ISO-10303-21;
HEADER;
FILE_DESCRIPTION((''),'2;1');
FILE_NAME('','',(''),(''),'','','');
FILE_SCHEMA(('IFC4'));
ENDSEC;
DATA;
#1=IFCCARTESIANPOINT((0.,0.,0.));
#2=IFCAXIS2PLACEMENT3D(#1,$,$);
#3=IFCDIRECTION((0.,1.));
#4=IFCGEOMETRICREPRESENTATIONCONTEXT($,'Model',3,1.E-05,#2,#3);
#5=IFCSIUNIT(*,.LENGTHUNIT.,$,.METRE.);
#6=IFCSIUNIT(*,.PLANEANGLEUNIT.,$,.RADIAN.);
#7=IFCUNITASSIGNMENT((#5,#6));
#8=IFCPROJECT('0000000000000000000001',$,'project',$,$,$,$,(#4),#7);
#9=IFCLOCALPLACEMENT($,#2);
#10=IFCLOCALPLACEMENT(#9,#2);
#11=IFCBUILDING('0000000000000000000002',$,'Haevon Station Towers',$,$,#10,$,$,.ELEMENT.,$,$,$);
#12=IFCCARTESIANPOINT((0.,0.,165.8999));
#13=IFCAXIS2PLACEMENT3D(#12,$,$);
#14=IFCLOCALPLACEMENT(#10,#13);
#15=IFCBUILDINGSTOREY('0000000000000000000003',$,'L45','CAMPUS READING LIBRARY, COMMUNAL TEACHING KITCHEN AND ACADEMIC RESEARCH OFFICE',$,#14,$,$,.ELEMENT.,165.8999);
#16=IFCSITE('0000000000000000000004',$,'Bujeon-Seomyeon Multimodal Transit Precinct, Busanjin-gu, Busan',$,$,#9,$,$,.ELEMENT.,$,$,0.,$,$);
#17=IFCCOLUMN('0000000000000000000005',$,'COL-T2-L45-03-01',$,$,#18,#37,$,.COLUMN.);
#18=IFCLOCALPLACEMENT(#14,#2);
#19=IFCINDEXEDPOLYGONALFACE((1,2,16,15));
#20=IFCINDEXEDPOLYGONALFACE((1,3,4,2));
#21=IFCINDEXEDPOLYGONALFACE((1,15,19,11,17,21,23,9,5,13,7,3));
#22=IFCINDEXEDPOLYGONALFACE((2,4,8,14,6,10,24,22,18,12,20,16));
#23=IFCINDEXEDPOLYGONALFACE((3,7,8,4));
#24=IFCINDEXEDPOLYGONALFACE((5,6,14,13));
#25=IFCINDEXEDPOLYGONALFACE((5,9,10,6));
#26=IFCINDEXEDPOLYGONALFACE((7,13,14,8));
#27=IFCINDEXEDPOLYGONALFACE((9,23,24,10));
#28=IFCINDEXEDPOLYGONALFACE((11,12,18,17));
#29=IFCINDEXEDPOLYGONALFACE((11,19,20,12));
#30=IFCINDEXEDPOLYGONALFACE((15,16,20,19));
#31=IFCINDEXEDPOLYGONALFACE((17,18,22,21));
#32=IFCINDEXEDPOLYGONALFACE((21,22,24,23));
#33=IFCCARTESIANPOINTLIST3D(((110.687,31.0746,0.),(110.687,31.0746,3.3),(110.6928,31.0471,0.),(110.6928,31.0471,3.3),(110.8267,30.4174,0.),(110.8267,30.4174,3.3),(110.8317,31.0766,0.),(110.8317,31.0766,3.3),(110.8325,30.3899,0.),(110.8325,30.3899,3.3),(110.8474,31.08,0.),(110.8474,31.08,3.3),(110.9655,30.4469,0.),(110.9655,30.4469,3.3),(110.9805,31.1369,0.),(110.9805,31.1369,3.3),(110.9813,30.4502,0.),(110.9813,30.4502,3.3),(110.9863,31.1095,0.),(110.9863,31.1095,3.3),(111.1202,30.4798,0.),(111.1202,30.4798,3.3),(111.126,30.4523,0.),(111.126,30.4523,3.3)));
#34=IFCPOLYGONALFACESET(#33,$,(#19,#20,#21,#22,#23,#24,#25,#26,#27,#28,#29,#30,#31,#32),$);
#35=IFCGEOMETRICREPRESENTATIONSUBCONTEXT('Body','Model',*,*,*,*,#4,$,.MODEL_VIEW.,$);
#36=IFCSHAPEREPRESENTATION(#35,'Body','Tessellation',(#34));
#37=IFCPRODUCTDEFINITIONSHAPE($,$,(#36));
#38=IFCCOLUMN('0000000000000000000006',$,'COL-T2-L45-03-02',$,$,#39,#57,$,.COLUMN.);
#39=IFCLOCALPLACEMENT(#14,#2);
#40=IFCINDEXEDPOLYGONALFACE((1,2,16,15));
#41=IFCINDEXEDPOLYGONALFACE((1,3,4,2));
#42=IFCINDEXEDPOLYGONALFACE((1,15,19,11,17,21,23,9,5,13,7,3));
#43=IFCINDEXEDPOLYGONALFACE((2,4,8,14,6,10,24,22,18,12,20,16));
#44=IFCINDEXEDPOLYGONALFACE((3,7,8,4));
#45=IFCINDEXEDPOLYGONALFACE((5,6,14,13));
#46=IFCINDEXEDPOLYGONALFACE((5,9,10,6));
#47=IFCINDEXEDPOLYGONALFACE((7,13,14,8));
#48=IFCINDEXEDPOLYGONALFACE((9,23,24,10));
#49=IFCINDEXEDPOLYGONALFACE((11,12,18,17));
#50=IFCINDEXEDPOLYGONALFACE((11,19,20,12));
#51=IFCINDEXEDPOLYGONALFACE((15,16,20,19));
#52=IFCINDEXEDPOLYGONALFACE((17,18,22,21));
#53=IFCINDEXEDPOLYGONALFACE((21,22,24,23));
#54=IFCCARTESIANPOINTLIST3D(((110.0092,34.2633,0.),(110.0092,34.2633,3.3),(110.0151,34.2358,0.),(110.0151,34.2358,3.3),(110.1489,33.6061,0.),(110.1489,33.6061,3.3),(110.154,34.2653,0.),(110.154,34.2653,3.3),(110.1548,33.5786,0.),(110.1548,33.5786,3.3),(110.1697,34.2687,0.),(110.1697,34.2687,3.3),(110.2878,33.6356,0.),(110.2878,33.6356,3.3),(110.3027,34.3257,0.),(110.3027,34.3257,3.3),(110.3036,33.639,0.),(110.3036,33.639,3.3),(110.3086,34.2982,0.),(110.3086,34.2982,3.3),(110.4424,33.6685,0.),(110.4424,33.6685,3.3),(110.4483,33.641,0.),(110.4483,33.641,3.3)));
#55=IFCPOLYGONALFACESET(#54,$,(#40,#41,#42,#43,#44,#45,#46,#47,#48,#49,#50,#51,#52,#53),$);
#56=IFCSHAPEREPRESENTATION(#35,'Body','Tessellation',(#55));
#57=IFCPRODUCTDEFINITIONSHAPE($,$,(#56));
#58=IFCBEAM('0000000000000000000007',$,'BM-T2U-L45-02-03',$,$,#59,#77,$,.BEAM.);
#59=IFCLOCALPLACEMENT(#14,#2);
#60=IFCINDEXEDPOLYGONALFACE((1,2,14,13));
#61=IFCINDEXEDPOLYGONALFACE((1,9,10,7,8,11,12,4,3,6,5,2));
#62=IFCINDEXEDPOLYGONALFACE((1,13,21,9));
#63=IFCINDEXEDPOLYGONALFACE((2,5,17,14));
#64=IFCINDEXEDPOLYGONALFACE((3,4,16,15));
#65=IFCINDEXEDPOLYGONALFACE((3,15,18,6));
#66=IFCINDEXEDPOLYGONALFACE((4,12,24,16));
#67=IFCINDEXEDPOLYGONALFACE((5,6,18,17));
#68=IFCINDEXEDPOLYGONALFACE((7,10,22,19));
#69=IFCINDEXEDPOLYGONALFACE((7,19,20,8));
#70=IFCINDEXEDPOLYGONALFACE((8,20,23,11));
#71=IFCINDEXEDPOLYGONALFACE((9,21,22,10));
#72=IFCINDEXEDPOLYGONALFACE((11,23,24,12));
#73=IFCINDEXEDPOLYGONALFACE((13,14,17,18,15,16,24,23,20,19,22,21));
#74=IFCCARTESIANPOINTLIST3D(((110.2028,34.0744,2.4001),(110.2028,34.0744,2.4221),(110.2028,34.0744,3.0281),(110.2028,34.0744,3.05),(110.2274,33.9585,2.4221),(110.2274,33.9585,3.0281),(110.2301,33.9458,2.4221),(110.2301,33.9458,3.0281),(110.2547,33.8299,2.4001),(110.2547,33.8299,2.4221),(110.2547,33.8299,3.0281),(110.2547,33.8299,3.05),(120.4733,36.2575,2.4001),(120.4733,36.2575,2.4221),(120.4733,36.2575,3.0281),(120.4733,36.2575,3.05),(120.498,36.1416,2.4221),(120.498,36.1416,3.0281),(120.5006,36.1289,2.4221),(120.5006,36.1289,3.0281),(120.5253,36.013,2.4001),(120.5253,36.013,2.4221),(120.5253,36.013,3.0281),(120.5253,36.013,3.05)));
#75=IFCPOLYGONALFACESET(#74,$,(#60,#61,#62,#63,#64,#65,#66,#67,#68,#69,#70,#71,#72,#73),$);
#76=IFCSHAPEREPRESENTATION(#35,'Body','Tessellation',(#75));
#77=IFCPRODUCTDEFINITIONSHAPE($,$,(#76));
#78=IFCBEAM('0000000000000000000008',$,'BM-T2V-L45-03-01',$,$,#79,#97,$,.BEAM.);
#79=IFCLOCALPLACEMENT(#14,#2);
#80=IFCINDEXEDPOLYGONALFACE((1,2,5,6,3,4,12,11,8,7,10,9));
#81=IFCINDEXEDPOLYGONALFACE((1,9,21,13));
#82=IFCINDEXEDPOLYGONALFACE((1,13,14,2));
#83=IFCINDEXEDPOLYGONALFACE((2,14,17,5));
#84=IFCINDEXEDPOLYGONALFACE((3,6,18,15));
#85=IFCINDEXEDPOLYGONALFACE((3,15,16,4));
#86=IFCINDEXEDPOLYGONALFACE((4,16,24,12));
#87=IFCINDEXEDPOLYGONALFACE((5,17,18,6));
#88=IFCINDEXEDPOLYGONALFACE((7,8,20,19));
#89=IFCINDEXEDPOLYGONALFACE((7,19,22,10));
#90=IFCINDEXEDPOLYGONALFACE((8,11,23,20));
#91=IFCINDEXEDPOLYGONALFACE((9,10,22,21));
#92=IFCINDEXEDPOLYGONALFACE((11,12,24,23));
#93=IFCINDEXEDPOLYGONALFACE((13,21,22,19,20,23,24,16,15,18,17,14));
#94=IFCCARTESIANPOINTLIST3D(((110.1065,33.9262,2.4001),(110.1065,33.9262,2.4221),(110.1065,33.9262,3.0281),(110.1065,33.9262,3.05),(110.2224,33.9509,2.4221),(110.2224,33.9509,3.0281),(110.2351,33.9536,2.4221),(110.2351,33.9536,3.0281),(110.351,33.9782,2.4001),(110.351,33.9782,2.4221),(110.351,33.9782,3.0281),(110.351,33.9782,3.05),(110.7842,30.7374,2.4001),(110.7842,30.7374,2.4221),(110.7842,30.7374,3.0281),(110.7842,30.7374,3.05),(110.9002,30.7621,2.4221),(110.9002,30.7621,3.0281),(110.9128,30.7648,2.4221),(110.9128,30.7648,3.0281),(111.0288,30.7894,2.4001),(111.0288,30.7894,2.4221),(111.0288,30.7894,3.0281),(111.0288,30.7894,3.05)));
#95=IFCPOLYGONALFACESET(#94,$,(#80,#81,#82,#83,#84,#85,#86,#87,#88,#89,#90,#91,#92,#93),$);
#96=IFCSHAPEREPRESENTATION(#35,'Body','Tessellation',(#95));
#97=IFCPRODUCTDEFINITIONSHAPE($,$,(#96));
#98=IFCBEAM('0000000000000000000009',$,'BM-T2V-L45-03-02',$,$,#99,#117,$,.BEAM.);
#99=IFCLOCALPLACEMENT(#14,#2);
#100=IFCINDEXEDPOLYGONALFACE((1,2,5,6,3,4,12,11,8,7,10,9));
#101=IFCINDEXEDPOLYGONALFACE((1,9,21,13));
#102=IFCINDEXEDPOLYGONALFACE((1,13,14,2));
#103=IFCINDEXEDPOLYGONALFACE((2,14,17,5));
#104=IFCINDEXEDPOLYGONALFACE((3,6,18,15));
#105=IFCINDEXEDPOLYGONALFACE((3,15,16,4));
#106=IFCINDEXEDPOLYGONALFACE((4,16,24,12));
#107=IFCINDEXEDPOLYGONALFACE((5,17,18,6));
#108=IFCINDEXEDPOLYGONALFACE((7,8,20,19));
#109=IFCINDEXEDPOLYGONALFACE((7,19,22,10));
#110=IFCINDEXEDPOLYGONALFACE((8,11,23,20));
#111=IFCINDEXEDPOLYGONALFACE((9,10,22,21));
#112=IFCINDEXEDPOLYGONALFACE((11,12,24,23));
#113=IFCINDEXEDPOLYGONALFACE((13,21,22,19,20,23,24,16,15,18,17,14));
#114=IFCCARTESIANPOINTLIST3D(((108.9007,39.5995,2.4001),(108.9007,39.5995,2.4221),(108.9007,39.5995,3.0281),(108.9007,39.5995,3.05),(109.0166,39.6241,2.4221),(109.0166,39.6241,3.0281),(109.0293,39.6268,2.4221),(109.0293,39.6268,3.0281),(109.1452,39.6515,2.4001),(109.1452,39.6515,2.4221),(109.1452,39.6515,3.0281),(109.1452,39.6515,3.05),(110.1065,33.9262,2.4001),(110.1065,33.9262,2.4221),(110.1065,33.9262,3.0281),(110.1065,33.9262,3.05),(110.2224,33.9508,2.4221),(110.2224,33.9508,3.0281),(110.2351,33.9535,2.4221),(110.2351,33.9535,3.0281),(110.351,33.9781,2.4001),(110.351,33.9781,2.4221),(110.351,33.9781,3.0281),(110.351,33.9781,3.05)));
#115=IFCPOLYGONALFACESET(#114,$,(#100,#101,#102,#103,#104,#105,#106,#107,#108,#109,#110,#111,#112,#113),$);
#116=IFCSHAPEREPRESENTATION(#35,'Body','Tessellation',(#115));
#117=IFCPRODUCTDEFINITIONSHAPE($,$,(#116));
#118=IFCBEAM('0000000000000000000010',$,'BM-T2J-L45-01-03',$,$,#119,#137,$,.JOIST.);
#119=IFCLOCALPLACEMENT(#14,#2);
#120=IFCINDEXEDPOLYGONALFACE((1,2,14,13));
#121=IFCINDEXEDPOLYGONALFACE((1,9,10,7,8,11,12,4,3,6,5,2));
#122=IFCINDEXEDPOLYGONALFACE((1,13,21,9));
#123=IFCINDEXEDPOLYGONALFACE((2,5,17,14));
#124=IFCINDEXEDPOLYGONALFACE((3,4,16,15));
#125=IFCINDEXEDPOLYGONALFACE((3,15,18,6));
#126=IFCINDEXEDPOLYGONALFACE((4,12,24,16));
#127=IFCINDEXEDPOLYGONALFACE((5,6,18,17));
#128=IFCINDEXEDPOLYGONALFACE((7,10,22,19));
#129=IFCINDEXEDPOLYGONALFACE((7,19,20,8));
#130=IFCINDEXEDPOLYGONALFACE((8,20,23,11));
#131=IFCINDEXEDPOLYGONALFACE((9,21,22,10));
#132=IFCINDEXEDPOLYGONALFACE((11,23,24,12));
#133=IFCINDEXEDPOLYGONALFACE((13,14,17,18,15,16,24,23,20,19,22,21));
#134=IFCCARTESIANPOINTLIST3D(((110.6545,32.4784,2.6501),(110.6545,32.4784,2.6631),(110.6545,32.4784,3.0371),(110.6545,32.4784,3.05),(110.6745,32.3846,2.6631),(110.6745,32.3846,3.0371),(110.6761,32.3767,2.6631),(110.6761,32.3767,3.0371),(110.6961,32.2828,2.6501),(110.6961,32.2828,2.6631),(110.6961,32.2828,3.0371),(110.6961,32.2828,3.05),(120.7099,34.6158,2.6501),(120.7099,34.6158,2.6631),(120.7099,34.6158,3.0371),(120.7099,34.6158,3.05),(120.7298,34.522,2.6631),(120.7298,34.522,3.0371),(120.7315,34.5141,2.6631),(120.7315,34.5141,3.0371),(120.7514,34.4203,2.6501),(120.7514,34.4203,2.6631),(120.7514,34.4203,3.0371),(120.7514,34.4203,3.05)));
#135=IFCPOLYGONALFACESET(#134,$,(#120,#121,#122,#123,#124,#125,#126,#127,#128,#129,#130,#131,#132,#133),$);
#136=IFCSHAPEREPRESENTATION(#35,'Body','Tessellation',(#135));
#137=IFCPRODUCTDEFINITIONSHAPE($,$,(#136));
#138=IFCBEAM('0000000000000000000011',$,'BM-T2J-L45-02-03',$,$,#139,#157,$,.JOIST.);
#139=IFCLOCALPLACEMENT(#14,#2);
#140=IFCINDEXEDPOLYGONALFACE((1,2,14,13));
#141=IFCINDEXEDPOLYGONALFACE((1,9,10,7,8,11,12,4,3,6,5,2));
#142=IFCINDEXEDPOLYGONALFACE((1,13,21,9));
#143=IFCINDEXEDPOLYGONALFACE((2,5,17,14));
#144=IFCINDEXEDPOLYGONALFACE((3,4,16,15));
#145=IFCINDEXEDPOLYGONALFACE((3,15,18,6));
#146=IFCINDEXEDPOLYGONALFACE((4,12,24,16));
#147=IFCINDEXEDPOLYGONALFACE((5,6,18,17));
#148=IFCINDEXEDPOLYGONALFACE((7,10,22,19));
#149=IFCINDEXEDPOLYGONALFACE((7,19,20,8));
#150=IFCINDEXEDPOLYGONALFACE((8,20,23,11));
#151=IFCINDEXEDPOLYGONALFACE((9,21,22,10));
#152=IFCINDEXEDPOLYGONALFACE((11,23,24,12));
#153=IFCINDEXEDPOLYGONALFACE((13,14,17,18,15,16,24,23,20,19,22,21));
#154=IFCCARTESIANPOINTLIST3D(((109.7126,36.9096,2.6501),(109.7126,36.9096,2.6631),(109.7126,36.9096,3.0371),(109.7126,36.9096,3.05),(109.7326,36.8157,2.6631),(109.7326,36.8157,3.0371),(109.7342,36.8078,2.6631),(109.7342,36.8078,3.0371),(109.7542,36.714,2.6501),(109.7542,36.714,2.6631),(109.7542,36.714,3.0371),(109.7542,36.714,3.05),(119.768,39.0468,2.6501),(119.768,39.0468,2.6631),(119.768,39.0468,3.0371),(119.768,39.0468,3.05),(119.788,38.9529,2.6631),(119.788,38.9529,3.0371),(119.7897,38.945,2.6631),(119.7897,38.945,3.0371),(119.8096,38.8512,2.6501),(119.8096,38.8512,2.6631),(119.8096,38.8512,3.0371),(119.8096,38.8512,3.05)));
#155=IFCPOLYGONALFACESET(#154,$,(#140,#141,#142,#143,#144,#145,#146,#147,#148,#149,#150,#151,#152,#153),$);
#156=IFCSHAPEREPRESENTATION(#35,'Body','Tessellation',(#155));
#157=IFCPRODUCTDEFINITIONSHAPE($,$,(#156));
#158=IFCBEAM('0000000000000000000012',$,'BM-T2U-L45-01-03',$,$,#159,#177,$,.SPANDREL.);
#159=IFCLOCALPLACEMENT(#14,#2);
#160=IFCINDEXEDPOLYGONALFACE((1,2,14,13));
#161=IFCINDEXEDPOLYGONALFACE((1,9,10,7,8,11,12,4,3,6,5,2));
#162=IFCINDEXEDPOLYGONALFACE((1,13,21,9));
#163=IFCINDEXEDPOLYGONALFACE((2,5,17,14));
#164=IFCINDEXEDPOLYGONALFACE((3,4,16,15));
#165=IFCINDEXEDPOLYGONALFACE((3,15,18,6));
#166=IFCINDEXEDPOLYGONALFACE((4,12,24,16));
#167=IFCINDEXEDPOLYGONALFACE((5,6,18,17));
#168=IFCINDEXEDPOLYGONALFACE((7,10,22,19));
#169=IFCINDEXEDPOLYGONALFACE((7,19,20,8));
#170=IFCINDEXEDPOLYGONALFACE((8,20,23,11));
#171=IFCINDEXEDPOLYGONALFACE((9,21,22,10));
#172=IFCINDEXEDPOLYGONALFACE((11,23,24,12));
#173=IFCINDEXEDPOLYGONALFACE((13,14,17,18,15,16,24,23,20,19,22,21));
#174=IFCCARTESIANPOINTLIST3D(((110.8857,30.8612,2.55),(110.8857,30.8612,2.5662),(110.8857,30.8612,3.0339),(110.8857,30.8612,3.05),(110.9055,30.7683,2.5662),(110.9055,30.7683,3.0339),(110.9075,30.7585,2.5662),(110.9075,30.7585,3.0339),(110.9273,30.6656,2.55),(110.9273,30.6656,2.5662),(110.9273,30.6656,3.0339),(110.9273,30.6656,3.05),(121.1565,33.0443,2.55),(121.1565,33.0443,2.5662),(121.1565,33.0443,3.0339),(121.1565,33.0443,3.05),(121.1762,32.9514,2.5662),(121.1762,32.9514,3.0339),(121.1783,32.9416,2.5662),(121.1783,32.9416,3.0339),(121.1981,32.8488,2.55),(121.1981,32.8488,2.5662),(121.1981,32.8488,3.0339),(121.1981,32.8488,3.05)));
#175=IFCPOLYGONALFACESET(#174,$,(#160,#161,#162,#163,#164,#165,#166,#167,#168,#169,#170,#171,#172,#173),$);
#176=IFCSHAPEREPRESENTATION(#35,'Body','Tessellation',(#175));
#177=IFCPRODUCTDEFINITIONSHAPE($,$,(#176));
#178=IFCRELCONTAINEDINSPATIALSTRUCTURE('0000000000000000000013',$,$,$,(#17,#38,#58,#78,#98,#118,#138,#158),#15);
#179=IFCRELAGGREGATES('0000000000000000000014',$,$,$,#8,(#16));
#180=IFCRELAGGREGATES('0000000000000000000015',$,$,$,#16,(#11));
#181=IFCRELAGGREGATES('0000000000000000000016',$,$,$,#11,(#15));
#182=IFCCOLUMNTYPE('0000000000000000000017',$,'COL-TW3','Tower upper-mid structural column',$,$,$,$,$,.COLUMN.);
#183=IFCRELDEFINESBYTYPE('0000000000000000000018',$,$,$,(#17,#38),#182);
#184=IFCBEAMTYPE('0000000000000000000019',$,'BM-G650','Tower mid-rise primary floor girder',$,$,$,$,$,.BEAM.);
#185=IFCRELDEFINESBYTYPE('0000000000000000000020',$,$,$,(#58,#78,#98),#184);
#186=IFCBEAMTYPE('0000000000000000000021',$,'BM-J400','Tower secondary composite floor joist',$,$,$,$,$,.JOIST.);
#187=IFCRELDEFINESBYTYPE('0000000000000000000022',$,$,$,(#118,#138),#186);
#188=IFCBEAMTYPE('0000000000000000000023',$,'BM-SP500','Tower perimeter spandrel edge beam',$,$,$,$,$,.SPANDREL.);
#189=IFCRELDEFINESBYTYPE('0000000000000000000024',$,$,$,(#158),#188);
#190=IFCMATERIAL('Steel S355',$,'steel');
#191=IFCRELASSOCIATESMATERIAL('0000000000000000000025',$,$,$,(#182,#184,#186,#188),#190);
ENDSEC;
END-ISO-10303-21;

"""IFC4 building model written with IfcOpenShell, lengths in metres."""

from ifc_helpers import new_model, si_unit, direction, frame, origin, origin_2d, place, context, subcontext, project, spatial, i_section, extrude, material, material_profile, profile_set, type_object, element, save


model = new_model("IFC4")

# Units and contexts
model_context = context("Model", 3, precision=1e-05, world=origin(), true_north=direction((0.0, 1.0)))
body_context = subcontext(model_context, "Body", "Model", "MODEL_VIEW")
ifc_project = project(units=[si_unit("LENGTHUNIT", "METRE"), si_unit("PLANEANGLEUNIT", "RADIAN")], contexts=[model_context])

# Site, building, storey
site_placement = place(None, origin())
site = spatial("IfcSite", under=ifc_project, at=site_placement, Name="Bujeon-Seomyeon Multimodal Transit Precinct, Busanjin-gu, Busan", CompositionType="ELEMENT", RefElevation=0.0)
building_placement = place(site_placement, origin())
building = spatial("IfcBuilding", under=site, at=building_placement, Name="Haevon Station Towers", CompositionType="ELEMENT")
storey_placement = place(building_placement, frame((0.0, 0.0, 165.8999)))
storey = spatial("IfcBuildingStorey", under=building, at=storey_placement, Name="L45", Description="CAMPUS READING LIBRARY, COMMUNAL TEACHING KITCHEN AND ACADEMIC RESEARCH OFFICE", CompositionType="ELEMENT", Elevation=165.8999)

# Columns
ifc_material_1 = material(Name="Steel S355", Category="steel")
ifc_material_profile_1 = material_profile(ifc_material_1, i_section(OverallWidth=0.3, OverallDepth=0.7, WebThickness=0.0161, FlangeThickness=0.0281, at=origin_2d()), Name="H-700x300x16x28")
ifc_profile_set_1 = profile_set([ifc_material_profile_1], Name="Steel S355")
column_type = type_object("IfcColumnType", Name="COL-TW3", Description="Tower upper-mid structural column", PredefinedType="COLUMN", material=ifc_profile_set_1)
for number, where, z_axis, x_axis, name in (
    (1, (110.9065, 30.7634, 0.0), (0.0, 0.0, 1.0), (0.978148, 0.207912, 0.0), "COL-T2-L45-03-01"),
    (2, (110.2288, 33.9521, 0.0), (0.0, 0.0, 1.0), (0.978148, 0.207912, 0.0), "COL-T2-L45-03-02"),
):
    element("IfcColumn", number, at=place(storey_placement, frame(where, z_axis=z_axis, x_axis=x_axis)), inside=storey, type_object=column_type, Name=name, PredefinedType="COLUMN", context=body_context, shape_type="SweptSolid", body=[
        extrude(i_section(OverallWidth=0.3, OverallDepth=0.7, WebThickness=0.0161, FlangeThickness=0.0281, at=origin_2d()), origin(), (0.0, 0.0, 1.0), 3.3),
    ])

# Beams
ifc_material_profile_2 = material_profile(ifc_material_1, i_section(OverallWidth=0.25, OverallDepth=0.6499, WebThickness=0.0129, FlangeThickness=0.022, at=origin_2d()), Name="H-650x250x13x22")
ifc_profile_set_2 = profile_set([ifc_material_profile_2], Name="Steel S355")
beam_type_1 = type_object("IfcBeamType", Name="BM-G650", Description="Tower mid-rise primary floor girder", PredefinedType="BEAM", material=ifc_profile_set_2)
beam_1_placement = place(storey_placement, frame((110.2288, 33.9521, 2.7251), z_axis=(0.978147, 0.207915, 0.0), x_axis=(-0.207915, 0.978147, 0.0)))
element("IfcBeam", 3, at=beam_1_placement, inside=storey, type_object=beam_type_1, Name="BM-T2U-L45-02-03", PredefinedType="BEAM", context=body_context, shape_type="SweptSolid", body=[
    extrude(i_section(OverallWidth=0.25, OverallDepth=0.6499, WebThickness=0.0129, FlangeThickness=0.022, at=origin_2d()), origin(), (0.0, 0.0, 1.0), 10.5),
])
beam_2_placement = place(storey_placement, frame((110.9065, 30.7634, 2.7251), z_axis=(-0.207897, 0.978151, 0.0), x_axis=(-0.978151, -0.207897, 0.0)))
element("IfcBeam", 4, at=beam_2_placement, inside=storey, type_object=beam_type_1, Name="BM-T2V-L45-03-01", PredefinedType="BEAM", context=body_context, shape_type="SweptSolid", body=[
    extrude(i_section(OverallWidth=0.25, OverallDepth=0.6499, WebThickness=0.0129, FlangeThickness=0.022, at=origin_2d()), origin(), (0.0, 0.0, 1.0), 3.26),
])
beam_3_placement = place(storey_placement, frame((110.2288, 33.9521, 2.7251), z_axis=(-0.207896, 0.978151, 0.0), x_axis=(-0.978151, -0.207896, 0.0)))
element("IfcBeam", 5, at=beam_3_placement, inside=storey, type_object=beam_type_1, Name="BM-T2V-L45-03-02", PredefinedType="BEAM", context=body_context, shape_type="SweptSolid", body=[
    extrude(i_section(OverallWidth=0.25, OverallDepth=0.6499, WebThickness=0.0129, FlangeThickness=0.022, at=origin_2d()), origin(), (0.0, 0.0, 1.0), 5.8),
])
ifc_material_profile_3 = material_profile(ifc_material_1, i_section(OverallWidth=0.2, OverallDepth=0.3999, WebThickness=0.0081, FlangeThickness=0.0129, at=origin_2d()), Name="H-400x200x8x13")
ifc_profile_set_3 = profile_set([ifc_material_profile_3], Name="Steel S355")
beam_type_2 = type_object("IfcBeamType", Name="BM-J400", Description="Tower secondary composite floor joist", PredefinedType="JOIST", material=ifc_profile_set_3)
for number, where, z_axis, x_axis, name in (
    (6, (110.6753, 32.3806, 2.8501), (0.978146, 0.207922, 0.0), (-0.207922, 0.978146, 0.0), "BM-T2J-L45-01-03"),
    (7, (109.7334, 36.8118, 2.8501), (0.97815, 0.207899, 0.0), (-0.207899, 0.97815, 0.0), "BM-T2J-L45-02-03"),
):
    element("IfcBeam", number, at=place(storey_placement, frame(where, z_axis=z_axis, x_axis=x_axis)), inside=storey, type_object=beam_type_2, Name=name, PredefinedType="JOIST", context=body_context, shape_type="SweptSolid", body=[
        extrude(i_section(OverallWidth=0.2, OverallDepth=0.3999, WebThickness=0.0081, FlangeThickness=0.0129, at=origin_2d()), origin(), (0.0, 0.0, 1.0), 10.28),
    ])
ifc_material_profile_4 = material_profile(ifc_material_1, i_section(OverallWidth=0.2, OverallDepth=0.5, WebThickness=0.01, FlangeThickness=0.0161, at=origin_2d()), Name="H-500x200x10x16")
ifc_profile_set_4 = profile_set([ifc_material_profile_4], Name="Steel S355")
beam_type_3 = type_object("IfcBeamType", Name="BM-SP500", Description="Tower perimeter spandrel edge beam", PredefinedType="SPANDREL", material=ifc_profile_set_4)
beam_4_placement = place(storey_placement, frame((110.9065, 30.7634, 2.8), z_axis=(0.978148, 0.207911, 0.0), x_axis=(-0.207911, 0.978148, 0.0)))
element("IfcBeam", 8, at=beam_4_placement, inside=storey, type_object=beam_type_3, Name="BM-T2U-L45-01-03", PredefinedType="SPANDREL", context=body_context, shape_type="SweptSolid", body=[
    extrude(i_section(OverallWidth=0.2, OverallDepth=0.5, WebThickness=0.01, FlangeThickness=0.0161, at=origin_2d()), origin(), (0.0, 0.0, 1.0), 10.5002),
])

save(model, "model.ifc")
